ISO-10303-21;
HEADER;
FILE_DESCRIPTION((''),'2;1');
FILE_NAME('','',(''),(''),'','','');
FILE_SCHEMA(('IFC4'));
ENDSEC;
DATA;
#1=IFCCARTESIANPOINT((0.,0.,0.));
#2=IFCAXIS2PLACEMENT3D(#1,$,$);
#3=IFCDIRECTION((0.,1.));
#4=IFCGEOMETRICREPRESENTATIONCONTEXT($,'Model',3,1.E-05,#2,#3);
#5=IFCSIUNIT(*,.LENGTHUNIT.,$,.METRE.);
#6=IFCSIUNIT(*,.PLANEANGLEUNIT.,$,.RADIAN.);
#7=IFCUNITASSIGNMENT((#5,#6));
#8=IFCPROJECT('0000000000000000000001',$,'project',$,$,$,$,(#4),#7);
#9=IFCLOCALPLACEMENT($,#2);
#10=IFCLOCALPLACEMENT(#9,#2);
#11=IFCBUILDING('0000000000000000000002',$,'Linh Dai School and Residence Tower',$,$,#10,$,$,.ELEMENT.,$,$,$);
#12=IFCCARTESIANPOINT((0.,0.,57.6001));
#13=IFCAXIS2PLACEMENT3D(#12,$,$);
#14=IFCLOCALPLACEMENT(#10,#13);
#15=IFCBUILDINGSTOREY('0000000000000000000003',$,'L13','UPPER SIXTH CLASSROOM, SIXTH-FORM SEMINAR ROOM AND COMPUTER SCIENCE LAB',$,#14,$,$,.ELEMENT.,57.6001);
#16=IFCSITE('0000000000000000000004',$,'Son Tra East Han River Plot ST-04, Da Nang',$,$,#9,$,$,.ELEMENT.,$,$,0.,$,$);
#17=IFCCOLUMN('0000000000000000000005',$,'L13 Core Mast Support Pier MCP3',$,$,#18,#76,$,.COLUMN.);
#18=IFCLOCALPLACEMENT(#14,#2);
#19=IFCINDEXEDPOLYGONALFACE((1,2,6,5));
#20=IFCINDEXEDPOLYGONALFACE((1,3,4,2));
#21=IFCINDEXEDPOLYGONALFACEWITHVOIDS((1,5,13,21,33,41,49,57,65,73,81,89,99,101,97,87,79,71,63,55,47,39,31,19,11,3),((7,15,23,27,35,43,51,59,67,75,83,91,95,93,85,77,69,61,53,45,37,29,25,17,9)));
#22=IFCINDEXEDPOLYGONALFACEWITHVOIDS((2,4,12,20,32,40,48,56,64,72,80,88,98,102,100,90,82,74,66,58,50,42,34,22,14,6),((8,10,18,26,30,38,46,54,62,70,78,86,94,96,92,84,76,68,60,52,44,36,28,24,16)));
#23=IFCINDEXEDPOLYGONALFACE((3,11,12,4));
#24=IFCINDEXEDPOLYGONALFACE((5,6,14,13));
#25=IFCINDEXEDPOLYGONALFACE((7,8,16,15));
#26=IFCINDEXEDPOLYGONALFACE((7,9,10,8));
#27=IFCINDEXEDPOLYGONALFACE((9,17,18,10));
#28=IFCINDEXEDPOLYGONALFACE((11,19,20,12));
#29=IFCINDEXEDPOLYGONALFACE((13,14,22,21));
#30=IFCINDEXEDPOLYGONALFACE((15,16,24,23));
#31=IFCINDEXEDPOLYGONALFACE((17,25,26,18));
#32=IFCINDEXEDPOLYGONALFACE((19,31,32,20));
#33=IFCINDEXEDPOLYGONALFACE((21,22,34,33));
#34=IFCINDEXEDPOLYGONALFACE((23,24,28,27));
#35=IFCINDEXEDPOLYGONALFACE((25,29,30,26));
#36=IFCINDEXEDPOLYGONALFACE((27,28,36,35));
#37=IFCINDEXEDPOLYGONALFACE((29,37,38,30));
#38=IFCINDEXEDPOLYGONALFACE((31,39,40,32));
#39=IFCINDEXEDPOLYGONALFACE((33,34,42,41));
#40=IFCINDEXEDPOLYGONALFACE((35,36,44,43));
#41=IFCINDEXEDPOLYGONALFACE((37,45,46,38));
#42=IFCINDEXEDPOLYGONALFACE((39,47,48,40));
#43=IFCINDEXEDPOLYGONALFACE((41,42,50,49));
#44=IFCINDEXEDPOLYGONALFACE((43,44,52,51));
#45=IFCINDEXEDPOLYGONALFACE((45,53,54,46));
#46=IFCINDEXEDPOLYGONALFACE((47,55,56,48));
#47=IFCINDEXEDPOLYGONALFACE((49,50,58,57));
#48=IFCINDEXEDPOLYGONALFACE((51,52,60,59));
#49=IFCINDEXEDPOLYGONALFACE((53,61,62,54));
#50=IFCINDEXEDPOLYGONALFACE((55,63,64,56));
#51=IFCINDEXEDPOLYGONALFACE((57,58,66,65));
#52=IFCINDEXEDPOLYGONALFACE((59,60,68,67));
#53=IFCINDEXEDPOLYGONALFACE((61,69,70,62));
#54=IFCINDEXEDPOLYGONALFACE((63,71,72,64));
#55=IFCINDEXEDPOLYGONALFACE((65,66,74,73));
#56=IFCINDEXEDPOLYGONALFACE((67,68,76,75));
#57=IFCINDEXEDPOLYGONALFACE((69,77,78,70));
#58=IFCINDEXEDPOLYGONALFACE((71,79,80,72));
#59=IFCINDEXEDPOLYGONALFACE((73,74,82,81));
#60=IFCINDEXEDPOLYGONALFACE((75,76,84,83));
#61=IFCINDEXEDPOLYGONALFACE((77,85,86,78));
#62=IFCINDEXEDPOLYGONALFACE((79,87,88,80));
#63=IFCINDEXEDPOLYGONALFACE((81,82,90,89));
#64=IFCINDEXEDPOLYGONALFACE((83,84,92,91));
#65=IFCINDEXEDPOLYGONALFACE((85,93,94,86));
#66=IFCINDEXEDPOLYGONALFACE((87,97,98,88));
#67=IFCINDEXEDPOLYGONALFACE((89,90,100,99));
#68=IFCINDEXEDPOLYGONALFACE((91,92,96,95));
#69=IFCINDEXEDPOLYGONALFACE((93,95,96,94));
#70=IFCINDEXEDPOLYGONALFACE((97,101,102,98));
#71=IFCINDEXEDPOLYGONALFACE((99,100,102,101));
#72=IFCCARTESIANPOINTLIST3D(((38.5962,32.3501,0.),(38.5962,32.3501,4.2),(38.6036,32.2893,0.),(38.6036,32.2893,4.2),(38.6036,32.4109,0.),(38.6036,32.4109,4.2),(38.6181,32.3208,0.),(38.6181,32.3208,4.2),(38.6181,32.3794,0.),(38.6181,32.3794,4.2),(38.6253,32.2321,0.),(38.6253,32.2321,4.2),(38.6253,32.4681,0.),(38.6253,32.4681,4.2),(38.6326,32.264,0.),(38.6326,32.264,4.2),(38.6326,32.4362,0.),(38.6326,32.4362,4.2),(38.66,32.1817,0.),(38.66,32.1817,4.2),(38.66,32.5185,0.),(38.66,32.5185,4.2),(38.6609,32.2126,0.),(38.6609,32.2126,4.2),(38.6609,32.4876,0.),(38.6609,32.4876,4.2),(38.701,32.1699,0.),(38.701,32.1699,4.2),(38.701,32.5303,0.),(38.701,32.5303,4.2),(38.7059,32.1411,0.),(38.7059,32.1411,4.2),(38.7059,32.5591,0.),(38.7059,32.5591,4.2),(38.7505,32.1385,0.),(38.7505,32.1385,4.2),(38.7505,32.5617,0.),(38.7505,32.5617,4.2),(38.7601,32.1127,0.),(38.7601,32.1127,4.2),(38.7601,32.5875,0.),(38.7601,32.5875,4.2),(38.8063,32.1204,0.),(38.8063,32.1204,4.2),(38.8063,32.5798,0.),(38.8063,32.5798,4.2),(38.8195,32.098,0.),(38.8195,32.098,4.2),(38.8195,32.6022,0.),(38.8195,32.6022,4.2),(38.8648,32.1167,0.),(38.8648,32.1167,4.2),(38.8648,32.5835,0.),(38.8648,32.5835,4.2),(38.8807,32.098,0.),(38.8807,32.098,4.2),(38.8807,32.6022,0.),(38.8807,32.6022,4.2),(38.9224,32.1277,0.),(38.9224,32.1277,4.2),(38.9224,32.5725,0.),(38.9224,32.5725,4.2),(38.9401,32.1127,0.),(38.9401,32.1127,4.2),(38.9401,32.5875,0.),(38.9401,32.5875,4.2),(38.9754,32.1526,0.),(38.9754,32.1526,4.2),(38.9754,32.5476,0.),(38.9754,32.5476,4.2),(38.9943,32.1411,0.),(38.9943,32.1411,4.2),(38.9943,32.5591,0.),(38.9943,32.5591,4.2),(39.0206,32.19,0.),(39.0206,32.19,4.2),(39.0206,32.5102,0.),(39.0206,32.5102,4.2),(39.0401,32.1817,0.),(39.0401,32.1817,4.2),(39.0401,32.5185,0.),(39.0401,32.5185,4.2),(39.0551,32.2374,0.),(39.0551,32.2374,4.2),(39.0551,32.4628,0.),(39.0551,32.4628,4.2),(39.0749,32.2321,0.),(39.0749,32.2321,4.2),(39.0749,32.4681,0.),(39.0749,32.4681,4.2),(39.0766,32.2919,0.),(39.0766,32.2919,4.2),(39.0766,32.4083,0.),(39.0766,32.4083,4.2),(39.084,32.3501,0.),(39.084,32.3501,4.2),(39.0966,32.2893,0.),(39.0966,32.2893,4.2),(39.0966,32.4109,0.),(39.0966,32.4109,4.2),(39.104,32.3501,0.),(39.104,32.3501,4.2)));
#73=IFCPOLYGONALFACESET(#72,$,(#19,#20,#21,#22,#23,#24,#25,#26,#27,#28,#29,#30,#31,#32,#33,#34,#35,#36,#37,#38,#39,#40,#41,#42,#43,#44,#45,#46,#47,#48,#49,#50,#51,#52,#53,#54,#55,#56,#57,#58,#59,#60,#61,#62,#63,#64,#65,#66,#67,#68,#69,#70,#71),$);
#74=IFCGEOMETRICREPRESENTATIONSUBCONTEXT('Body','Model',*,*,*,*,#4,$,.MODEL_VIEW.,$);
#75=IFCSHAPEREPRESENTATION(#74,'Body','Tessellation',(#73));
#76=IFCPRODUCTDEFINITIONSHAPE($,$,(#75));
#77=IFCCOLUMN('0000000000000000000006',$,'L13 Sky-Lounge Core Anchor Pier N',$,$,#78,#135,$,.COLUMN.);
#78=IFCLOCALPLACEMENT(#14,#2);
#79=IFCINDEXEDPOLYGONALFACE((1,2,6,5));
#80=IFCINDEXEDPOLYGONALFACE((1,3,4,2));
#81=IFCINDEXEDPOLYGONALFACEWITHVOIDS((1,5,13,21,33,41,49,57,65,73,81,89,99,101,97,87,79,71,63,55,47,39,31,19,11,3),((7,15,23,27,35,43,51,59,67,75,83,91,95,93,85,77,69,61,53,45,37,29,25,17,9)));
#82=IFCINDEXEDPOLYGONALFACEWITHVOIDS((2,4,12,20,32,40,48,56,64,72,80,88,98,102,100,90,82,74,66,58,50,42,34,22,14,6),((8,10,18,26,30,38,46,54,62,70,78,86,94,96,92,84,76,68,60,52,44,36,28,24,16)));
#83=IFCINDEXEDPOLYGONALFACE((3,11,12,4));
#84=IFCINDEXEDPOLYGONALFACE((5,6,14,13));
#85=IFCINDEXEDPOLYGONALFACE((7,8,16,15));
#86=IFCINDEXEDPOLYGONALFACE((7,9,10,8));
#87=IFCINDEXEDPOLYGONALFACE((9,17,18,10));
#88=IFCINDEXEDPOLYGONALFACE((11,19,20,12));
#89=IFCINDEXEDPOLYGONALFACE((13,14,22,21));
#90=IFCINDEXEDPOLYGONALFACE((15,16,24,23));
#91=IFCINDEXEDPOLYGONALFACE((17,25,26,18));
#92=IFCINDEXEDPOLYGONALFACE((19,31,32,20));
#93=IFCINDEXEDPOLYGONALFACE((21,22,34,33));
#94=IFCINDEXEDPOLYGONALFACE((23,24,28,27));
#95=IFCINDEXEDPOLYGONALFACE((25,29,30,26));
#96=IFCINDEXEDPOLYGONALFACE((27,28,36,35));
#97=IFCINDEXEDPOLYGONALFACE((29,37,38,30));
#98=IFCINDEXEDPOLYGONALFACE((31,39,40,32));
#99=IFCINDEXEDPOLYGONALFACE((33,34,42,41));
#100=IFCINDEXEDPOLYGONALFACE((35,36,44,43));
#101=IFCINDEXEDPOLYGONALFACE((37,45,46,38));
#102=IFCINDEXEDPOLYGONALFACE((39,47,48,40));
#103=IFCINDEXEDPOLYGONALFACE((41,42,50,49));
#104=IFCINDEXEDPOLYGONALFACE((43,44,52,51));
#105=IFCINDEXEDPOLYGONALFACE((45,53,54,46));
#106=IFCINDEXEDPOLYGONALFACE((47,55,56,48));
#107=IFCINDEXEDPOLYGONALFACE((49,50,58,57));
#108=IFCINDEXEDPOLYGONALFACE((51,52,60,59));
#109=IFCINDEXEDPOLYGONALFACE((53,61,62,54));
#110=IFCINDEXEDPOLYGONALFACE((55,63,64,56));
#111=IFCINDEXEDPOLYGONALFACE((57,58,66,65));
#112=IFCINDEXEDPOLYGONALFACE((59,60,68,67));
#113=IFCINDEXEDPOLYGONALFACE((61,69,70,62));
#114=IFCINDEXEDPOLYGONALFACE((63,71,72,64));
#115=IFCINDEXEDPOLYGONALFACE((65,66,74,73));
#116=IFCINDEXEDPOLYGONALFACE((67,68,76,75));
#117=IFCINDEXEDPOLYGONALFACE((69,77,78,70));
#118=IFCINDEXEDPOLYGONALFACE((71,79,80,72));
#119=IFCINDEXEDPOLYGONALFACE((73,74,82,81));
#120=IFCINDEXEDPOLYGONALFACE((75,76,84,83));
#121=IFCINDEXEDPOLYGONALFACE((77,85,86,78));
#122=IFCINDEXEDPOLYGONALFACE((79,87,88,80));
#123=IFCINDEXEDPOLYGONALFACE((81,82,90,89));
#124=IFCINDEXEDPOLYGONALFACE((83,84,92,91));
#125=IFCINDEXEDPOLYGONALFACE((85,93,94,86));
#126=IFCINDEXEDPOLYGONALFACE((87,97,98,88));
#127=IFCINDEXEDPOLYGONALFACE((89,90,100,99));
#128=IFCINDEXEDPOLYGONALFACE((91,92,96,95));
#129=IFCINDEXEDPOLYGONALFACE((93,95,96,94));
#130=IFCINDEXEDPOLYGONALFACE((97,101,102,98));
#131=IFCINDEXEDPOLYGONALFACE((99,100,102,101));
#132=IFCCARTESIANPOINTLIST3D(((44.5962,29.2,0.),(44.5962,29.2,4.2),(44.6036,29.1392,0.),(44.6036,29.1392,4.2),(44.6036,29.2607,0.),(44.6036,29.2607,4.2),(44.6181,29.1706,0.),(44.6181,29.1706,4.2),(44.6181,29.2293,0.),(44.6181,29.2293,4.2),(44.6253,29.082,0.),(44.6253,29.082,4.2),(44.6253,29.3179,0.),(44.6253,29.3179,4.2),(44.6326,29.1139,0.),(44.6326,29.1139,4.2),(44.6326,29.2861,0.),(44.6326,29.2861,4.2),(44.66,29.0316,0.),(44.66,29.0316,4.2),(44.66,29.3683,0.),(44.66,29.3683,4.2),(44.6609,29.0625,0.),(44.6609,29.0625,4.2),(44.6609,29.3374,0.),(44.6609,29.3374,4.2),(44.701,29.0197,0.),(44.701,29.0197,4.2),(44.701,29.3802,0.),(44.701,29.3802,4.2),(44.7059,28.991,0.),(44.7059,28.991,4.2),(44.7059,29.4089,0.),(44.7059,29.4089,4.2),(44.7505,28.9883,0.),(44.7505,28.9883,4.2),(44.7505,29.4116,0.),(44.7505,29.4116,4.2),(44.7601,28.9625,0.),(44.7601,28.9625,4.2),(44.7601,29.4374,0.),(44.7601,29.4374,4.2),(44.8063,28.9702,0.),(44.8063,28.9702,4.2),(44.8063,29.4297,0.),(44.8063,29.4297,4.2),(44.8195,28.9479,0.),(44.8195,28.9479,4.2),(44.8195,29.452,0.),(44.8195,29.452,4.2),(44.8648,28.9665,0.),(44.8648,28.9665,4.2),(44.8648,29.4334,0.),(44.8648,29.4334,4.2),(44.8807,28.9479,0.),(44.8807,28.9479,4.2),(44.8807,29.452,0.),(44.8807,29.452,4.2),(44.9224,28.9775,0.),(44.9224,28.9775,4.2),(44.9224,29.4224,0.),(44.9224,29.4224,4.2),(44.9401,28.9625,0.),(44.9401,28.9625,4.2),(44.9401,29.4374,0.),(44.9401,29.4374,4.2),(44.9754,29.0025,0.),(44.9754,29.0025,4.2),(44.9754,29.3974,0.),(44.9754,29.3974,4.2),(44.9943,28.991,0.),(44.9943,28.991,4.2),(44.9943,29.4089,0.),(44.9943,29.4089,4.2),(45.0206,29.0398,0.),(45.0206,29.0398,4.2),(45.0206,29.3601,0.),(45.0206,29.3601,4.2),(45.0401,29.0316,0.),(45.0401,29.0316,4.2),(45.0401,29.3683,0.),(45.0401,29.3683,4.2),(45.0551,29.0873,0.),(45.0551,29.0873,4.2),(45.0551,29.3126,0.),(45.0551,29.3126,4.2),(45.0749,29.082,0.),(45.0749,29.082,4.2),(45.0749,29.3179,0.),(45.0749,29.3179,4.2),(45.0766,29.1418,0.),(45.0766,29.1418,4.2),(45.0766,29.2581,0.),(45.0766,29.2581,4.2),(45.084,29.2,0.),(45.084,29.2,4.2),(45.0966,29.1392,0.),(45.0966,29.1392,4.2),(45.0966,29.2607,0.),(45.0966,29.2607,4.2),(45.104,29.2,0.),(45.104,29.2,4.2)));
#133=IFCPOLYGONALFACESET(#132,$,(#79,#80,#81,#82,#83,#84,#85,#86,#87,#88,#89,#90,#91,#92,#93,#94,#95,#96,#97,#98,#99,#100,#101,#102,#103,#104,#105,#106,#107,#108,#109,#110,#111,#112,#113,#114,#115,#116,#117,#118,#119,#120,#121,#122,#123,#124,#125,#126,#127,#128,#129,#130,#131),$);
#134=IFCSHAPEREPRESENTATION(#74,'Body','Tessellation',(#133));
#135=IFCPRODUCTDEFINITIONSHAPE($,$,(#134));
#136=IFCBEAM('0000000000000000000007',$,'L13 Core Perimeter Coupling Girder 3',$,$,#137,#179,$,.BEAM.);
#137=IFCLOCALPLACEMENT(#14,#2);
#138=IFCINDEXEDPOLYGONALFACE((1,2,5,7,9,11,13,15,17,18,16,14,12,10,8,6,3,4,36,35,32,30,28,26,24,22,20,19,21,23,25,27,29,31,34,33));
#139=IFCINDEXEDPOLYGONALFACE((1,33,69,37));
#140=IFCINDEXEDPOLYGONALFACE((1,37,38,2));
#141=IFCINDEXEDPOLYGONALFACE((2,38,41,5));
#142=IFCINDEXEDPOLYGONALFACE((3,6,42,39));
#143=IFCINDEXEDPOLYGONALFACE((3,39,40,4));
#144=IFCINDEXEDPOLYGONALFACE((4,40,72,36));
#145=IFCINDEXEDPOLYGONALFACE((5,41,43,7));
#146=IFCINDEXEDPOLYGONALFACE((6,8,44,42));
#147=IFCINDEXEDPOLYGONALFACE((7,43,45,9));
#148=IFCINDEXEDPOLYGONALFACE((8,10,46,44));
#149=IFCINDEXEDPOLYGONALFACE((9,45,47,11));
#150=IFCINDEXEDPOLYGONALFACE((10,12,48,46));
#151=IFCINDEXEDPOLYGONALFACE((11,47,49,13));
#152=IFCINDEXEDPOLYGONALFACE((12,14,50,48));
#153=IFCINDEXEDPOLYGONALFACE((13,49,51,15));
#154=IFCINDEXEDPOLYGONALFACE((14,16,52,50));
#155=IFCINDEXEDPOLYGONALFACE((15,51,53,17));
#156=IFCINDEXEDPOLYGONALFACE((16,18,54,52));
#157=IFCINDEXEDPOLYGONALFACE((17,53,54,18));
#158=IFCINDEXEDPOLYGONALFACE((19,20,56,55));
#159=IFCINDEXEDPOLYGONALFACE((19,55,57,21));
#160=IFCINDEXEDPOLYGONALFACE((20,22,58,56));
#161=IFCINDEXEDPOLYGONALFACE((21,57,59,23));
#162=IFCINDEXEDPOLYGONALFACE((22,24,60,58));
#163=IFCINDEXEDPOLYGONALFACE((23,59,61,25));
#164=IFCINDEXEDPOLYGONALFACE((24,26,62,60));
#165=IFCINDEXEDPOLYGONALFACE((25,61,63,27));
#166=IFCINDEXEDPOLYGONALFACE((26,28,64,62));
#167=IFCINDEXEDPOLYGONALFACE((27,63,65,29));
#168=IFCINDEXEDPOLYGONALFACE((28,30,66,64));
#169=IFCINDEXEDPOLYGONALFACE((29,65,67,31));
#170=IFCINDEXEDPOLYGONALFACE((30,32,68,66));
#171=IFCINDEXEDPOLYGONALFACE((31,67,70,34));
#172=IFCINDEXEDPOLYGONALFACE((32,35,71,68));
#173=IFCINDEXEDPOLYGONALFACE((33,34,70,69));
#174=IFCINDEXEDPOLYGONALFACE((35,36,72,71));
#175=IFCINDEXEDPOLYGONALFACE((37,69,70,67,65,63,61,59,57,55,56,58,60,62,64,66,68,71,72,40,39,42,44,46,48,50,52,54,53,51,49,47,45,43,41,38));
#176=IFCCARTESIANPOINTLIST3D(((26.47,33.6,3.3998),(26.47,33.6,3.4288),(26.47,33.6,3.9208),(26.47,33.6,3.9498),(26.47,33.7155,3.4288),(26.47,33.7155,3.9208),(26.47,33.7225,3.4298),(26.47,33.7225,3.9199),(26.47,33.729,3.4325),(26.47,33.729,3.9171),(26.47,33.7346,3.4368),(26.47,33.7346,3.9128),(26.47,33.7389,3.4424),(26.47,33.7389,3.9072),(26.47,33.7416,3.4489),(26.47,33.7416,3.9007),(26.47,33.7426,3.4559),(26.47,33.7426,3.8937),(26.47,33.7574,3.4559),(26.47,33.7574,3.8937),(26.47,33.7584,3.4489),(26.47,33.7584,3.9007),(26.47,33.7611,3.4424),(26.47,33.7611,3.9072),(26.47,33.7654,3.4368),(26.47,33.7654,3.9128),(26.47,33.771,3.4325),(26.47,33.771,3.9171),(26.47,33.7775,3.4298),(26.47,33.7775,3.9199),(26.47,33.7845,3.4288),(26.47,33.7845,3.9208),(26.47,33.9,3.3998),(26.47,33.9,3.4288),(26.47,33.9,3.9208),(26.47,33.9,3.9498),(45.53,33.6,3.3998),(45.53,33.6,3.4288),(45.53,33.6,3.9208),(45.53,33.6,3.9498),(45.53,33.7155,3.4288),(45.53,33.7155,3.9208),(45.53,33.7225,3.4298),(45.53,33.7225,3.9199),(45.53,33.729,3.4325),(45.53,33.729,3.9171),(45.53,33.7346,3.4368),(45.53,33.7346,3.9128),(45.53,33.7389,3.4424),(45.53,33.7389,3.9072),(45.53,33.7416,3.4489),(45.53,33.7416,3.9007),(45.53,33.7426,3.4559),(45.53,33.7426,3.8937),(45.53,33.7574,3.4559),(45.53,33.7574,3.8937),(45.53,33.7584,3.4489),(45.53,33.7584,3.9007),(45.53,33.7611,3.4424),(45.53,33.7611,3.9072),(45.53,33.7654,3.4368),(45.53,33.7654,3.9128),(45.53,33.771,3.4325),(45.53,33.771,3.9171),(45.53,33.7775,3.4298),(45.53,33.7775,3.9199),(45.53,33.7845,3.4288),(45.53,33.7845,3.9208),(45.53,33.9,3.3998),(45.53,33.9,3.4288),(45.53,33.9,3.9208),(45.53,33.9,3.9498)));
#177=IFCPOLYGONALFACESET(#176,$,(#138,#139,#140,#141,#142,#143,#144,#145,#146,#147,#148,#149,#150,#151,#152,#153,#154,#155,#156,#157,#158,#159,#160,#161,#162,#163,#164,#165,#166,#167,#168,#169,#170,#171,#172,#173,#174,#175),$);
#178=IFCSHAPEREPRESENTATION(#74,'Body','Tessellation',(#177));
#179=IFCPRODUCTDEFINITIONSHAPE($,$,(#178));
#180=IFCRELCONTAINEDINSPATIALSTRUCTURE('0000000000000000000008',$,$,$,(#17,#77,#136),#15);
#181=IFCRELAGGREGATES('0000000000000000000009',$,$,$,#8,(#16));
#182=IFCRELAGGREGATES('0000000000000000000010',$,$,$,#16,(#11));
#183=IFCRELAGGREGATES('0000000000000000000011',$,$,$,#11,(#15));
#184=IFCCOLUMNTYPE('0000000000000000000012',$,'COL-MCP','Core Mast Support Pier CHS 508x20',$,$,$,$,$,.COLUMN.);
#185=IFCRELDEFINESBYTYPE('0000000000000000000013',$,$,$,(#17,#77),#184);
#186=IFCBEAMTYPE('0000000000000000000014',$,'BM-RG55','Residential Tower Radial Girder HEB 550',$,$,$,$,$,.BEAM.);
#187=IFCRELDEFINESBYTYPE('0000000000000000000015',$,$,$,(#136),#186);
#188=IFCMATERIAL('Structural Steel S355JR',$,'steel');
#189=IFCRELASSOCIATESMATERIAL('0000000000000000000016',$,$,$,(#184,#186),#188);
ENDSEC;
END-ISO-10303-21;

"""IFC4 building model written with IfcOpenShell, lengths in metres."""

from ifc_helpers import new_model, si_unit, direction, frame, origin, origin_2d, place, context, subcontext, project, spatial, hollow_circle, i_section, extrude, material, material_profile, profile_set, type_object, element, save


model = new_model("IFC4")

# Units and contexts
model_context = context("Model", 3, precision=1e-05, world=origin(), true_north=direction((0.0, 1.0)))
body_context = subcontext(model_context, "Body", "Model", "MODEL_VIEW")
ifc_project = project(units=[si_unit("LENGTHUNIT", "METRE"), si_unit("PLANEANGLEUNIT", "RADIAN")], contexts=[model_context])

# Site, building, storey
site_placement = place(None, origin())
site = spatial("IfcSite", under=ifc_project, at=site_placement, Name="Son Tra East Han River Plot ST-04, Da Nang", CompositionType="ELEMENT", RefElevation=0.0)
building_placement = place(site_placement, origin())
building = spatial("IfcBuilding", under=site, at=building_placement, Name="Linh Dai School and Residence Tower", CompositionType="ELEMENT")
storey_placement = place(building_placement, frame((0.0, 0.0, 57.6001)))
storey = spatial("IfcBuildingStorey", under=building, at=storey_placement, Name="L13", Description="UPPER SIXTH CLASSROOM, SIXTH-FORM SEMINAR ROOM AND COMPUTER SCIENCE LAB", CompositionType="ELEMENT", Elevation=57.6001)

# Columns
ifc_material_1 = material(Name="Structural Steel S355JR", Category="steel")
ifc_material_profile_1 = material_profile(ifc_material_1, hollow_circle(Radius=0.2539, WallThickness=0.02, at=origin_2d()), Name="CHS 508x20")
ifc_profile_set_1 = profile_set([ifc_material_profile_1], Name="Structural Steel S355JR")
column_type_1 = type_object("IfcColumnType", Name="COL-MCP", Description="Core Mast Support Pier CHS 508x20", PredefinedType="COLUMN", material=ifc_profile_set_1)
for number, where, z_axis, x_axis, name in (
    (1, (38.8501, 32.3501, 0.0), (0.0, 0.0, 1.0), (1.0, 0.0, 0.0), "L13 Core Mast Support Pier MCP3"),
    (2, (44.8501, 29.2, 0.0), (0.0, 0.0, 1.0), (1.0, 0.0, 0.0), "L13 Sky-Lounge Core Anchor Pier N"),
):
    element("IfcColumn", number, at=place(storey_placement, frame(where, z_axis=z_axis, x_axis=x_axis)), inside=storey, type_object=column_type_1, Name=name, PredefinedType="COLUMN", context=body_context, shape_type="SweptSolid", body=[
        extrude(hollow_circle(Radius=0.2539, WallThickness=0.02, at=origin_2d()), origin(), (0.0, 0.0, 1.0), 4.2),
    ])

# Beam
ifc_material_profile_2 = material_profile(ifc_material_1, i_section(OverallWidth=0.3, OverallDepth=0.55, WebThickness=0.0149, FlangeThickness=0.0291, FilletRadius=0.0271, at=origin_2d()), Name="HEB 550")
ifc_profile_set_2 = profile_set([ifc_material_profile_2], Name="Structural Steel S355JR")
beam_type_1 = type_object("IfcBeamType", Name="BM-RG55", Description="Residential Tower Radial Girder HEB 550", PredefinedType="BEAM", material=ifc_profile_set_2)
beam_1_placement = place(storey_placement, frame((45.53, 33.75, 3.6748), z_axis=(-1.0, 0.0, 0.0), x_axis=(0.0, -1.0, 0.0)))
element("IfcBeam", 3, at=beam_1_placement, inside=storey, type_object=beam_type_1, Name="L13 Core Perimeter Coupling Girder 3", PredefinedType="BEAM", context=body_context, shape_type="SweptSolid", body=[
    extrude(i_section(OverallWidth=0.3, OverallDepth=0.55, WebThickness=0.0149, FlangeThickness=0.0291, FilletRadius=0.0271, at=origin_2d()), origin(), (0.0, 0.0, 1.0), 19.0601),
])

save(model, "model.ifc")
